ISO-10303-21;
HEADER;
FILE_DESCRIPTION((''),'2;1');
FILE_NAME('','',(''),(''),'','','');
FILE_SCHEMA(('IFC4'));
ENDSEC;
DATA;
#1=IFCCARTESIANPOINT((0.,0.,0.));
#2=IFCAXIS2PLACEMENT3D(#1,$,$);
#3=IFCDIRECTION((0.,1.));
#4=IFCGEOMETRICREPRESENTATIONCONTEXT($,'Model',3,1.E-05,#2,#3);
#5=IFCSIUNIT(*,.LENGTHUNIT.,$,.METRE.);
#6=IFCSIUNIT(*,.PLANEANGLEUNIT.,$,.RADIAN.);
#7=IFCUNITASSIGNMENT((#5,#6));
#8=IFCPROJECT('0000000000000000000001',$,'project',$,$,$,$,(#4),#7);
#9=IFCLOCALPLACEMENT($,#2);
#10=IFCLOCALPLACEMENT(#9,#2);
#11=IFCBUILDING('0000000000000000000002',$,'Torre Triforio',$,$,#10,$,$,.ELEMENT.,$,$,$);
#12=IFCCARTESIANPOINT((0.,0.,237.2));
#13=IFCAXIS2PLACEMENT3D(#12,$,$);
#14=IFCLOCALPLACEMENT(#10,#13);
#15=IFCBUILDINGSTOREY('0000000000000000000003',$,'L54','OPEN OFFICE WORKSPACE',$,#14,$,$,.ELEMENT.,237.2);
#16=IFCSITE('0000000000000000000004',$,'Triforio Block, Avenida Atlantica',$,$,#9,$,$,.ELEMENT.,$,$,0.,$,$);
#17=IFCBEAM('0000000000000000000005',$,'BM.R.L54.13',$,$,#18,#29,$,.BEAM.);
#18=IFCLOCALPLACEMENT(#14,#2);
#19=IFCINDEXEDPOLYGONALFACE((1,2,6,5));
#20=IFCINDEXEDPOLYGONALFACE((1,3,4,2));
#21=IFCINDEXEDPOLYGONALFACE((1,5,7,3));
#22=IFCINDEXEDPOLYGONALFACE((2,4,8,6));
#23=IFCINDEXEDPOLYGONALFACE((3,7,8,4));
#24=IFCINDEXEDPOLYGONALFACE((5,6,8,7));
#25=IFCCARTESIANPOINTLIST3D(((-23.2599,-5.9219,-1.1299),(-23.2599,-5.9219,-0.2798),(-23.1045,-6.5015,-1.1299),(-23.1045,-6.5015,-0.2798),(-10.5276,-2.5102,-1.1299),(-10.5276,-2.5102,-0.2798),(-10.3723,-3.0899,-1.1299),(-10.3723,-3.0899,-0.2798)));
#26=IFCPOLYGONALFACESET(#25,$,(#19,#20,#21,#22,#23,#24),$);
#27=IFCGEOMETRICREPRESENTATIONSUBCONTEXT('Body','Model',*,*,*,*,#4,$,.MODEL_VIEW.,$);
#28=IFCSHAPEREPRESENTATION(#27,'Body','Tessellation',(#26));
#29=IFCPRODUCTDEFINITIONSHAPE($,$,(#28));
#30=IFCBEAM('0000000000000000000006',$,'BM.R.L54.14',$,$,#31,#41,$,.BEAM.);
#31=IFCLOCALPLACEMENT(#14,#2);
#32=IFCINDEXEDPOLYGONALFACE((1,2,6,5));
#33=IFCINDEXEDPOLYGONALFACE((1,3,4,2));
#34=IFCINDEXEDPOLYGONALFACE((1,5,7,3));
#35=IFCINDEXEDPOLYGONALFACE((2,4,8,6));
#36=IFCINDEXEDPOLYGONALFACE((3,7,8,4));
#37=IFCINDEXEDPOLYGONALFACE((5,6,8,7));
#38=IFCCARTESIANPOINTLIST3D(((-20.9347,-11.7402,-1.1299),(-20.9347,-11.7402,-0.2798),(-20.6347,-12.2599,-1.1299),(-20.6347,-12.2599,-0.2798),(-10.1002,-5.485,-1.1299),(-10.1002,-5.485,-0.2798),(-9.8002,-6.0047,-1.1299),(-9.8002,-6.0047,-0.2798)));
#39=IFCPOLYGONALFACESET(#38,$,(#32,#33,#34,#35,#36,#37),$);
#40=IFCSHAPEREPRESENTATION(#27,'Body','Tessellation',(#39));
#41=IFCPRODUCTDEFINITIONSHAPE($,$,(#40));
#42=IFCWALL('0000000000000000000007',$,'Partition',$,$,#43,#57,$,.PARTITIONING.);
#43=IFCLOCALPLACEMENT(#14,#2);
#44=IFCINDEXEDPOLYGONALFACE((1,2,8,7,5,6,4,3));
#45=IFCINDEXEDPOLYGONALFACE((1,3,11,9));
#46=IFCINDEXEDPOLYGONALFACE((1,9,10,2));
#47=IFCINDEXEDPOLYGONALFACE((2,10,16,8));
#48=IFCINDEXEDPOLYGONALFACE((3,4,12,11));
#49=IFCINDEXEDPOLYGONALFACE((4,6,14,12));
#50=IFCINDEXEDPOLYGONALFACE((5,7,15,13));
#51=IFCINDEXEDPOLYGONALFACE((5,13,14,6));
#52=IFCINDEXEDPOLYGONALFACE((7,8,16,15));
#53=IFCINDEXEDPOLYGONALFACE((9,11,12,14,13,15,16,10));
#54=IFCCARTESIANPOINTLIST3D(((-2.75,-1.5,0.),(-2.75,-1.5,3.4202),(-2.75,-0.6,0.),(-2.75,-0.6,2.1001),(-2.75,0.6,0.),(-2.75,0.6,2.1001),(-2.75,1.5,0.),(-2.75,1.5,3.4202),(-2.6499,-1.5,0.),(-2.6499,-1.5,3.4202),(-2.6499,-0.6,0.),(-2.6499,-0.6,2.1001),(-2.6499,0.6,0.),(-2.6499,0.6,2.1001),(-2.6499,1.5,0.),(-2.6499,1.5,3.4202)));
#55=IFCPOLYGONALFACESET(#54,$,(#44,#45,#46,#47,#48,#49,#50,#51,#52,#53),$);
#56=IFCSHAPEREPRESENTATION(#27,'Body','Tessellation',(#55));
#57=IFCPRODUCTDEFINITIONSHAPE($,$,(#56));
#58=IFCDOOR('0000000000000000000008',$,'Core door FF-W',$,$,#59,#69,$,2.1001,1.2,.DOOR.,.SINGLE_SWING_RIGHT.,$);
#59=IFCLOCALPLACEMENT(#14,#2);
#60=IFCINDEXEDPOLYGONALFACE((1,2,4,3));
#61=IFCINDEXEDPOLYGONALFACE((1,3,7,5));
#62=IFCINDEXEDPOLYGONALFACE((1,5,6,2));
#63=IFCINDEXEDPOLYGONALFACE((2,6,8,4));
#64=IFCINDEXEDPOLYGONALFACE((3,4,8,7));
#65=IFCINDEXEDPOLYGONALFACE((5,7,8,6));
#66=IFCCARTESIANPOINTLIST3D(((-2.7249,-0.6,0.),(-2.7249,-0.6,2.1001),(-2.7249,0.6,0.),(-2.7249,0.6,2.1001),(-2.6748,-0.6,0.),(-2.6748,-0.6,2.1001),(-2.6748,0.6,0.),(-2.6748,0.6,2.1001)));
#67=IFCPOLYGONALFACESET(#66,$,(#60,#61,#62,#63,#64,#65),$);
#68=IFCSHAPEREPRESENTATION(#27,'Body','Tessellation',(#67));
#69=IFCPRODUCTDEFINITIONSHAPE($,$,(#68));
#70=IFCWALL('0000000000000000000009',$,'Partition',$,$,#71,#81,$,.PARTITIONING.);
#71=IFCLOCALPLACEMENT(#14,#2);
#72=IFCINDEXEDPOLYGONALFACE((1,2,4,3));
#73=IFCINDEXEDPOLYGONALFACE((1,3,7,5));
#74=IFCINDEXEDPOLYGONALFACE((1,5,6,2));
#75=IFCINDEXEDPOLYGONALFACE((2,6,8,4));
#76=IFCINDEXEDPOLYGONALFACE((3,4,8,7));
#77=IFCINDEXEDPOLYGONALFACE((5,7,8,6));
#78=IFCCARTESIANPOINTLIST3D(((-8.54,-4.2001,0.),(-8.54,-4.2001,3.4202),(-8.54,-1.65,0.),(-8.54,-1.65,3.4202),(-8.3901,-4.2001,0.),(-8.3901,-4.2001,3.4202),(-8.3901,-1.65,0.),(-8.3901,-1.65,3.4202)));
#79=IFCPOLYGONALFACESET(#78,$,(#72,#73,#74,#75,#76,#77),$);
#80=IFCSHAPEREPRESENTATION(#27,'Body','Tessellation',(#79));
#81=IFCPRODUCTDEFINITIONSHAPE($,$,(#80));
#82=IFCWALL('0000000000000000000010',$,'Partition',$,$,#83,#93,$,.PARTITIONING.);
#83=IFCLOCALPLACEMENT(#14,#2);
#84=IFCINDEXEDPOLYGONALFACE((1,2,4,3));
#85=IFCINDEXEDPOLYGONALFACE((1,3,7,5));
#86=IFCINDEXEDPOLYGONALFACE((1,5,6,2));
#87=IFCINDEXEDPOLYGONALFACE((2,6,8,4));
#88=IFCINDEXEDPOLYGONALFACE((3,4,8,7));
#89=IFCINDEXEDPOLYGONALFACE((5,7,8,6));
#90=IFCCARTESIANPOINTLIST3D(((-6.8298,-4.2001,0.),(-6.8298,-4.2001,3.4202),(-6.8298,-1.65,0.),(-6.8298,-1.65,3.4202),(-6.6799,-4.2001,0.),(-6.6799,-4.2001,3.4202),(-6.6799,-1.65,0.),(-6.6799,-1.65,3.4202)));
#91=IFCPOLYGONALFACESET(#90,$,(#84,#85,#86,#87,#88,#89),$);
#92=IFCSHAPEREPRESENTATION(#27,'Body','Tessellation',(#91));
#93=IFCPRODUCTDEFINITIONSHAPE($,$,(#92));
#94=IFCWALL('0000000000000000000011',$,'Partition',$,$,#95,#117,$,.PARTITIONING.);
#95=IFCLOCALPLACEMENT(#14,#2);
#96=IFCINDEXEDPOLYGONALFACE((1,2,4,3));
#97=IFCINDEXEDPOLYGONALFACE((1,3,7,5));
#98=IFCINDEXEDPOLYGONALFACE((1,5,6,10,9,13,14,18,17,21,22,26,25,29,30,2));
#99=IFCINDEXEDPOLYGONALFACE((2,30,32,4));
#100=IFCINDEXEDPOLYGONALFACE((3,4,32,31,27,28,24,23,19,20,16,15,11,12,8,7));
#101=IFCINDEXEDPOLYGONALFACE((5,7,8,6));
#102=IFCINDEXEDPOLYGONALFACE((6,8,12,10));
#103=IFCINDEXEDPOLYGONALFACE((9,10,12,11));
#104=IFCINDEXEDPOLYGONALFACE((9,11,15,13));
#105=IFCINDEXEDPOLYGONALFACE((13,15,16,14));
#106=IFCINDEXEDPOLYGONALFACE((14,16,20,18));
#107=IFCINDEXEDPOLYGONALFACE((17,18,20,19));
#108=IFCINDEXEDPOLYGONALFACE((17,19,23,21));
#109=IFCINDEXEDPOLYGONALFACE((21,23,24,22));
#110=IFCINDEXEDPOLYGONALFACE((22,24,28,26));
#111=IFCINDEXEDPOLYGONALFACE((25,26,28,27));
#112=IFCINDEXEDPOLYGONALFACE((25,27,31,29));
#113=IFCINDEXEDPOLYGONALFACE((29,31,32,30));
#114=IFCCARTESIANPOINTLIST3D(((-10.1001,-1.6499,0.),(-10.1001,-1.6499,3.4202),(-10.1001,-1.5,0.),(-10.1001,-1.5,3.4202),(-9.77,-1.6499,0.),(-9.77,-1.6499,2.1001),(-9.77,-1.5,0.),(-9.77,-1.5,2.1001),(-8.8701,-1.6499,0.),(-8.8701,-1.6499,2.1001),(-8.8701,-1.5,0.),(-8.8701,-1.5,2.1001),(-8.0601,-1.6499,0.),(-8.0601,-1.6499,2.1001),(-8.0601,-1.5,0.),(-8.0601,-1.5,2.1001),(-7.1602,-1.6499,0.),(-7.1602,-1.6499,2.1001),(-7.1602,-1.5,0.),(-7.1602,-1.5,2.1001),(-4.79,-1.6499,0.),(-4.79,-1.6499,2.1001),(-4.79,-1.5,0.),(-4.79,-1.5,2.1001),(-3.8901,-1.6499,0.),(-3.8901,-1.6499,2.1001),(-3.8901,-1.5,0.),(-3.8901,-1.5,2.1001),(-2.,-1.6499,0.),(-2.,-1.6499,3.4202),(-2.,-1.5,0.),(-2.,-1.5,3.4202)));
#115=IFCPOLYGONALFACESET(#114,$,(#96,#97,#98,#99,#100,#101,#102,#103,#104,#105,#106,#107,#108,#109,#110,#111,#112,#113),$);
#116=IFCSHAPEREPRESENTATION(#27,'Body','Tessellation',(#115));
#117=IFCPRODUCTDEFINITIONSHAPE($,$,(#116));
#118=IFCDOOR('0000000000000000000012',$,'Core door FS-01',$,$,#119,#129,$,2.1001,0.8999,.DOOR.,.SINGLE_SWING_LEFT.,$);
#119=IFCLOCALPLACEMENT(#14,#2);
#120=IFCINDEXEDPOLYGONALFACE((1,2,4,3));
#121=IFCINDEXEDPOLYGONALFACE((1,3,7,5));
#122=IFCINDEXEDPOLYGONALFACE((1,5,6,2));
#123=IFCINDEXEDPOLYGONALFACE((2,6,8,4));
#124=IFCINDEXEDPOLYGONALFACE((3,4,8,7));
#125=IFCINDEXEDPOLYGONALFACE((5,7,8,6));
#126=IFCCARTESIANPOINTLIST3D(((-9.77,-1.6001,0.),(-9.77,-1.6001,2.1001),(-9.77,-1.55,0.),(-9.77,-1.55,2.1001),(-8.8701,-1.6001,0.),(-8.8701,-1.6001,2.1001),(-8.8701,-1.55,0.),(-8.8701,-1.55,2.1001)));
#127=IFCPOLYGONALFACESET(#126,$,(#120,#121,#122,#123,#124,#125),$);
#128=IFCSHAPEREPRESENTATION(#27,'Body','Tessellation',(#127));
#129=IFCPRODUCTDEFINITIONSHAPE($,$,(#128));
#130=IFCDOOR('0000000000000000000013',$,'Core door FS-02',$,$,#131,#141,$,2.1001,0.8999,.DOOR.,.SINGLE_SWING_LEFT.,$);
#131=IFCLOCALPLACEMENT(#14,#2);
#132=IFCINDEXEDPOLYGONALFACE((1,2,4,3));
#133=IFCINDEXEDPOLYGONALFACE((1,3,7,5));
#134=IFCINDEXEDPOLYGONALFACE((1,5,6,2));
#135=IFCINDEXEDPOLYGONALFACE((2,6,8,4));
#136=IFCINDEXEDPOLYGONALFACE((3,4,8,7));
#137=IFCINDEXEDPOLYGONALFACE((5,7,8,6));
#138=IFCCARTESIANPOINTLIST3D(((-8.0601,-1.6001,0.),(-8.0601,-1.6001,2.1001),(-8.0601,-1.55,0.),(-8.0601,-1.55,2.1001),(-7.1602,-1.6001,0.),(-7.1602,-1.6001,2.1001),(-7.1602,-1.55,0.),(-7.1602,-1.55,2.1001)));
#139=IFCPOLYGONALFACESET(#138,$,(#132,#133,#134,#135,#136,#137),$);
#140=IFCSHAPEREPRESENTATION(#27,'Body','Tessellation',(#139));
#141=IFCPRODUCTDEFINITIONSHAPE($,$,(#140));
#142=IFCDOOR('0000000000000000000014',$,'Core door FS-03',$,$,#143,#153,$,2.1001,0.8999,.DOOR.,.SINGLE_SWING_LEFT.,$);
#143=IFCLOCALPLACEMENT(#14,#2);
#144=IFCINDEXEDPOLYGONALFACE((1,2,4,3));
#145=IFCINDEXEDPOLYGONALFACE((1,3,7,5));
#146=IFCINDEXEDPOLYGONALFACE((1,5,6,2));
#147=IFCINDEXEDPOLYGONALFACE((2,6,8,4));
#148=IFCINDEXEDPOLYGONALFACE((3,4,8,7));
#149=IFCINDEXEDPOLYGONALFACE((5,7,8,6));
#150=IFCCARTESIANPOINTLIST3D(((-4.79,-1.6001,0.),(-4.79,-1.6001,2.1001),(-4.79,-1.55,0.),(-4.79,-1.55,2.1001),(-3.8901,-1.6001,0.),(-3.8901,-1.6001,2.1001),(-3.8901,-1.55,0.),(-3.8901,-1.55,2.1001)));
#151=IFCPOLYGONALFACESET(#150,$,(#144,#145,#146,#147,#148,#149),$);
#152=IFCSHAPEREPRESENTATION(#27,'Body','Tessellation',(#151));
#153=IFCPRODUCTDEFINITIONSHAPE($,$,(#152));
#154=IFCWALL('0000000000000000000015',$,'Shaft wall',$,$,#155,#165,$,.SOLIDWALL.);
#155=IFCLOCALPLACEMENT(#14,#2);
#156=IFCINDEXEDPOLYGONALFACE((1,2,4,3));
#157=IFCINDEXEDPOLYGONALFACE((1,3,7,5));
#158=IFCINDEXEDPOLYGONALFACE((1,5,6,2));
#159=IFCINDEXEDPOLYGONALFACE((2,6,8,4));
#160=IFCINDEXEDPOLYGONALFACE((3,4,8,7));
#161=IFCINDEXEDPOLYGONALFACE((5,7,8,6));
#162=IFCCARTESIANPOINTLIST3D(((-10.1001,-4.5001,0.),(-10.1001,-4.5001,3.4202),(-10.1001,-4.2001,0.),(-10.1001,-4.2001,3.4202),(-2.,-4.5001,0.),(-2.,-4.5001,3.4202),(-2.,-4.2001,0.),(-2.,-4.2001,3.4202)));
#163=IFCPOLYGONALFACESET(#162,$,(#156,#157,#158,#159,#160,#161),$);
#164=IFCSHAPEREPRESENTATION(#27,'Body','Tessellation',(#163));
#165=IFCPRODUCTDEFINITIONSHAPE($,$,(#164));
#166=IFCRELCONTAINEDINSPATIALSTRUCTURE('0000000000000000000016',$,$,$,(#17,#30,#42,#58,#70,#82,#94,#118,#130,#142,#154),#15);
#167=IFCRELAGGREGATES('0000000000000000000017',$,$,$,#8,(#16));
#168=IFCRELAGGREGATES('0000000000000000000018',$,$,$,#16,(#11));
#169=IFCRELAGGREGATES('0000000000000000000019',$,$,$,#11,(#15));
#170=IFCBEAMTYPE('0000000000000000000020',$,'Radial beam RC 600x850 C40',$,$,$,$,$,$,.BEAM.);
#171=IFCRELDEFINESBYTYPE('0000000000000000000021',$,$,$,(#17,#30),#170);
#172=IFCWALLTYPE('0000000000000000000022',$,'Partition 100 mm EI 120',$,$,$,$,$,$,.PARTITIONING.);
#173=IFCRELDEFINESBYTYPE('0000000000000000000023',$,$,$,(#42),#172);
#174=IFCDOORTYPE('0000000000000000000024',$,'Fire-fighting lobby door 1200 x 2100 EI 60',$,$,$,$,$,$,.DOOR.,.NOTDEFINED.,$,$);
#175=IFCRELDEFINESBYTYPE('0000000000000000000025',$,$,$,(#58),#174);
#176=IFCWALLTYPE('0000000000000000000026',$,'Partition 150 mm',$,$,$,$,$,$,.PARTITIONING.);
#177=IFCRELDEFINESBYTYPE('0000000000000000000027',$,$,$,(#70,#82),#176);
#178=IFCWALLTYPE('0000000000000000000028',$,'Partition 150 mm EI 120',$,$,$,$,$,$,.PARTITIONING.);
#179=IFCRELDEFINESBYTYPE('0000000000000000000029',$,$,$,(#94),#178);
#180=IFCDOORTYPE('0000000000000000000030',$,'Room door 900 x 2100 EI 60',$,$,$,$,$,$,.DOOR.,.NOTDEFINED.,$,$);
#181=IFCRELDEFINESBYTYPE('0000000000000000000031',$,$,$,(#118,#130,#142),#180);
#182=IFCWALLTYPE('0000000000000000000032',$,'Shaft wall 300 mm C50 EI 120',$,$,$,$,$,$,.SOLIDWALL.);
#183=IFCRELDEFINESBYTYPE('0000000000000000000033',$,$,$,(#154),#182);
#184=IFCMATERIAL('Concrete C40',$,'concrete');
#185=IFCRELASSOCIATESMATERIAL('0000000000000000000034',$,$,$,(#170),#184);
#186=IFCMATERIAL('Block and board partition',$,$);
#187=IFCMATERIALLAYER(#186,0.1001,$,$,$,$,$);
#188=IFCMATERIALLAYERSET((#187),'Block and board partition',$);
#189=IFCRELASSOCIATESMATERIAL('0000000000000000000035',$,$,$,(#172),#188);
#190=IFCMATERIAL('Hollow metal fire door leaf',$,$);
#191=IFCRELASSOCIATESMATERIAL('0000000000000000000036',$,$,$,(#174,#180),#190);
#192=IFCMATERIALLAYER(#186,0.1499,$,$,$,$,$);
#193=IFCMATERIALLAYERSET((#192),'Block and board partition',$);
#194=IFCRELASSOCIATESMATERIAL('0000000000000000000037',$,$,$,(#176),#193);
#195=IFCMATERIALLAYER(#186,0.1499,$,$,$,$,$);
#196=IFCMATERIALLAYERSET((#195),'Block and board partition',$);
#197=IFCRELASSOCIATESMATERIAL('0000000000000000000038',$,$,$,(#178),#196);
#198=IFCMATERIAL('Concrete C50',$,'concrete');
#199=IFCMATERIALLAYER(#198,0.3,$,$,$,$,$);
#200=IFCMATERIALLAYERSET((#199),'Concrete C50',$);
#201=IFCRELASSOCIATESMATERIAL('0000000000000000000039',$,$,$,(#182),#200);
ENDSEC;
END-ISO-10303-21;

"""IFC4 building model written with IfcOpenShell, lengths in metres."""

from ifc_helpers import new_model, si_unit, direction, frame, frame_2d, origin, origin_2d, place, context, subcontext, project, spatial, rectangle, extrude, material, layer, layer_set, material_profile, profile_set, type_object, element, fill, save


model = new_model("IFC4")

# Units and contexts
model_context = context("Model", 3, precision=1e-05, world=origin(), true_north=direction((0.0, 1.0)))
body_context = subcontext(model_context, "Body", "Model", "MODEL_VIEW")
ifc_project = project(units=[si_unit("LENGTHUNIT", "METRE"), si_unit("PLANEANGLEUNIT", "RADIAN")], contexts=[model_context])

# Site, building, storey
site_placement = place(None, origin())
site = spatial("IfcSite", under=ifc_project, at=site_placement, Name="Triforio Block, Avenida Atlantica", CompositionType="ELEMENT", RefElevation=0.0)
building_placement = place(site_placement, origin())
building = spatial("IfcBuilding", under=site, at=building_placement, Name="Torre Triforio", CompositionType="ELEMENT")
storey_placement = place(building_placement, frame((0.0, 0.0, 237.2)))
storey = spatial("IfcBuildingStorey", under=building, at=storey_placement, Name="L54", Description="OPEN OFFICE WORKSPACE", CompositionType="ELEMENT", Elevation=237.2)

# Beams
ifc_material_1 = material(Name="Concrete C40", Category="concrete")
ifc_material_profile = material_profile(ifc_material_1, rectangle(XDim=0.6001, YDim=0.8501, at=origin_2d()), Name="RC 600x850")
ifc_profile_set = profile_set([ifc_material_profile], Name="Concrete C40")
beam_type = type_object("IfcBeamType", Name="Radial beam RC 600x850 C40", PredefinedType="BEAM", material=ifc_profile_set)
beam_1_placement = place(storey_placement, frame((-10.45, -2.8, -0.7048), z_axis=(-0.965925, -0.258822, 0.0), x_axis=(0.258822, -0.965925, 0.0)))
element("IfcBeam", 1, at=beam_1_placement, inside=storey, type_object=beam_type, Name="BM.R.L54.13", PredefinedType="BEAM", context=body_context, shape_type="SweptSolid", body=[
    extrude(rectangle(XDim=0.6001, YDim=0.8501, at=origin_2d()), origin(), (0.0, 0.0, 1.0), 13.1814),
])
beam_2_placement = place(storey_placement, frame((-9.9502, -5.7449, -0.7048), z_axis=(-0.866031, -0.49999, 0.0), x_axis=(0.49999, -0.866031, 0.0)))
element("IfcBeam", 2, at=beam_2_placement, inside=storey, type_object=beam_type, Name="BM.R.L54.14", PredefinedType="BEAM", context=body_context, shape_type="SweptSolid", body=[
    extrude(rectangle(XDim=0.6001, YDim=0.8501, at=origin_2d()), origin(), (0.0, 0.0, 1.0), 12.5105),
])

# Wall, opening, door
ifc_material_2 = material(Name="Block and board partition")
ifc_layer_1 = layer(ifc_material_2, 0.1001)
ifc_layer_set_1 = layer_set([ifc_layer_1], Name="Block and board partition")
wall_type_1 = type_object("IfcWallType", Name="Partition 100 mm EI 120", PredefinedType="PARTITIONING", material=ifc_layer_set_1)
wall_1_placement = place(storey_placement, frame((-2.7, -1.5, 0.0), z_axis=(0.0, 0.0, 1.0), x_axis=(0.0, 1.0, 0.0)))
wall_1 = element("IfcWall", 3, at=wall_1_placement, inside=storey, type_object=wall_type_1, Name="Partition", PredefinedType="PARTITIONING", context=body_context, shape_type="SweptSolid", body=[
    extrude(rectangle(XDim=3.0, YDim=0.1001, at=frame_2d((1.5, 0.0))), origin(), (0.0, 0.0, 1.0), 3.4202),
])
opening_1_placement = place(wall_1_placement, frame((0.8999, 0.0, 0.0)))
opening_1 = element("IfcOpeningElement", 4, at=opening_1_placement, cuts=wall_1, PredefinedType="OPENING", context=body_context, shape_type="SweptSolid", body=[
    extrude(rectangle(XDim=1.2, YDim=2.1001, at=frame_2d((0.6001, 1.05))), frame((0.0, 0.0601, 0.0), z_axis=(0.0, -1.0, 0.0), x_axis=(1.0, 0.0, 0.0)), (0.0, 0.0, 1.0), 0.1201),
])
ifc_material_3 = material(Name="Hollow metal fire door leaf")
door_type_1 = type_object("IfcDoorType", Name="Fire-fighting lobby door 1200 x 2100 EI 60", OperationType="NOTDEFINED", PredefinedType="DOOR", material=ifc_material_3)
door_1_placement = place(opening_1_placement, origin())
door_1 = element("IfcDoor", 5, at=door_1_placement, inside=storey, type_object=door_type_1, Name="Core door FF-W", OperationType="SINGLE_SWING_RIGHT", OverallHeight=2.1001, OverallWidth=1.2, PredefinedType="DOOR", context=body_context, shape_type="SweptSolid", body=[
    extrude(rectangle(XDim=1.2, YDim=2.1001, at=frame_2d((0.6001, 1.05))), frame((0.0, 0.0249, 0.0), z_axis=(0.0, -1.0, 0.0), x_axis=(1.0, 0.0, 0.0)), (0.0, 0.0, 1.0), 0.05),
])
fill(opening_1, door_1)

# Walls
ifc_layer_2 = layer(ifc_material_2, 0.1499)
ifc_layer_set_2 = layer_set([ifc_layer_2], Name="Block and board partition")
wall_type_2 = type_object("IfcWallType", Name="Partition 150 mm", PredefinedType="PARTITIONING", material=ifc_layer_set_2)
for number, where, z_axis, x_axis, name in (
    (6, (-8.4651, -4.2, 0.0), (0.0, 0.0, 1.0), (0.0, 1.0, 0.0), "Partition"),
    (7, (-6.7549, -4.2, 0.0), (0.0, 0.0, 1.0), (0.0, 1.0, 0.0), "Partition"),
):
    element("IfcWall", number, at=place(storey_placement, frame(where, z_axis=z_axis, x_axis=x_axis)), inside=storey, type_object=wall_type_2, Name=name, PredefinedType="PARTITIONING", context=body_context, shape_type="SweptSolid", body=[
        extrude(rectangle(XDim=2.55, YDim=0.1499, at=frame_2d((1.2749, 0.0))), origin(), (0.0, 0.0, 1.0), 3.4202),
    ])

# Wall, openings, doors
ifc_layer_3 = layer(ifc_material_2, 0.1499)
ifc_layer_set_3 = layer_set([ifc_layer_3], Name="Block and board partition")
wall_type_3 = type_object("IfcWallType", Name="Partition 150 mm EI 120", PredefinedType="PARTITIONING", material=ifc_layer_set_3)
wall_2_placement = place(storey_placement, frame((-10.1001, -1.575, 0.0), z_axis=(0.0, 0.0, 1.0), x_axis=(1.0, 0.0, 0.0)))
wall_2 = element("IfcWall", 8, at=wall_2_placement, inside=storey, type_object=wall_type_3, Name="Partition", PredefinedType="PARTITIONING", context=body_context, shape_type="SweptSolid", body=[
    extrude(rectangle(XDim=8.1001, YDim=0.1499, at=frame_2d((4.05, 0.0))), origin(), (0.0, 0.0, 1.0), 3.4202),
])
opening_2_placement = place(wall_2_placement, frame((0.3301, 0.0, 0.0)))
opening_2 = element("IfcOpeningElement", 9, at=opening_2_placement, cuts=wall_2, PredefinedType="OPENING", context=body_context, shape_type="SweptSolid", body=[
    extrude(rectangle(XDim=0.8999, YDim=2.1001, at=frame_2d((0.45, 1.05))), frame((0.0, 0.085, 0.0), z_axis=(0.0, -1.0, 0.0), x_axis=(1.0, 0.0, 0.0)), (0.0, 0.0, 1.0), 0.1699),
])
opening_3_placement = place(wall_2_placement, frame((2.04, 0.0, 0.0)))
opening_3 = element("IfcOpeningElement", 10, at=opening_3_placement, cuts=wall_2, PredefinedType="OPENING", context=body_context, shape_type="SweptSolid", body=[
    extrude(rectangle(XDim=0.8999, YDim=2.1001, at=frame_2d((0.45, 1.05))), frame((0.0, 0.085, 0.0), z_axis=(0.0, -1.0, 0.0), x_axis=(1.0, 0.0, 0.0)), (0.0, 0.0, 1.0), 0.1699),
])
opening_4_placement = place(wall_2_placement, frame((5.3101, 0.0, 0.0)))
opening_4 = element("IfcOpeningElement", 11, at=opening_4_placement, cuts=wall_2, PredefinedType="OPENING", context=body_context, shape_type="SweptSolid", body=[
    extrude(rectangle(XDim=0.8999, YDim=2.1001, at=frame_2d((0.45, 1.05))), frame((0.0, 0.085, 0.0), z_axis=(0.0, -1.0, 0.0), x_axis=(1.0, 0.0, 0.0)), (0.0, 0.0, 1.0), 0.1699),
])
door_type_2 = type_object("IfcDoorType", Name="Room door 900 x 2100 EI 60", OperationType="NOTDEFINED", PredefinedType="DOOR", material=ifc_material_3)
door_2_placement = place(opening_2_placement, origin())
door_2 = element("IfcDoor", 12, at=door_2_placement, inside=storey, type_object=door_type_2, Name="Core door FS-01", OperationType="SINGLE_SWING_LEFT", OverallHeight=2.1001, OverallWidth=0.8999, PredefinedType="DOOR", context=body_context, shape_type="SweptSolid", body=[
    extrude(rectangle(XDim=0.8999, YDim=2.1001, at=frame_2d((0.45, 1.05))), frame((0.0, 0.0249, 0.0), z_axis=(0.0, -1.0, 0.0), x_axis=(1.0, 0.0, 0.0)), (0.0, 0.0, 1.0), 0.05),
])
fill(opening_2, door_2)
door_3_placement = place(opening_3_placement, origin())
door_3 = element("IfcDoor", 13, at=door_3_placement, inside=storey, type_object=door_type_2, Name="Core door FS-02", OperationType="SINGLE_SWING_LEFT", OverallHeight=2.1001, OverallWidth=0.8999, PredefinedType="DOOR", context=body_context, shape_type="SweptSolid", body=[
    extrude(rectangle(XDim=0.8999, YDim=2.1001, at=frame_2d((0.45, 1.05))), frame((0.0, 0.0249, 0.0), z_axis=(0.0, -1.0, 0.0), x_axis=(1.0, 0.0, 0.0)), (0.0, 0.0, 1.0), 0.05),
])
fill(opening_3, door_3)
door_4_placement = place(opening_4_placement, origin())
door_4 = element("IfcDoor", 14, at=door_4_placement, inside=storey, type_object=door_type_2, Name="Core door FS-03", OperationType="SINGLE_SWING_LEFT", OverallHeight=2.1001, OverallWidth=0.8999, PredefinedType="DOOR", context=body_context, shape_type="SweptSolid", body=[
    extrude(rectangle(XDim=0.8999, YDim=2.1001, at=frame_2d((0.45, 1.05))), frame((0.0, 0.0249, 0.0), z_axis=(0.0, -1.0, 0.0), x_axis=(1.0, 0.0, 0.0)), (0.0, 0.0, 1.0), 0.05),
])
fill(opening_4, door_4)

# Wall
ifc_material_4 = material(Name="Concrete C50", Category="concrete")
ifc_layer_4 = layer(ifc_material_4, 0.3)
ifc_layer_set_4 = layer_set([ifc_layer_4], Name="Concrete C50")
wall_type_4 = type_object("IfcWallType", Name="Shaft wall 300 mm C50 EI 120", PredefinedType="SOLIDWALL", material=ifc_layer_set_4)
wall_3_placement = place(storey_placement, frame((-10.1001, -4.3501, 0.0), z_axis=(0.0, 0.0, 1.0), x_axis=(1.0, 0.0, 0.0)))
element("IfcWall", 15, at=wall_3_placement, inside=storey, type_object=wall_type_4, Name="Shaft wall", PredefinedType="SOLIDWALL", context=body_context, shape_type="SweptSolid", body=[
    extrude(rectangle(XDim=8.1001, YDim=0.3, at=frame_2d((4.05, 0.0))), origin(), (0.0, 0.0, 1.0), 3.4202),
])

save(model, "model.ifc")
